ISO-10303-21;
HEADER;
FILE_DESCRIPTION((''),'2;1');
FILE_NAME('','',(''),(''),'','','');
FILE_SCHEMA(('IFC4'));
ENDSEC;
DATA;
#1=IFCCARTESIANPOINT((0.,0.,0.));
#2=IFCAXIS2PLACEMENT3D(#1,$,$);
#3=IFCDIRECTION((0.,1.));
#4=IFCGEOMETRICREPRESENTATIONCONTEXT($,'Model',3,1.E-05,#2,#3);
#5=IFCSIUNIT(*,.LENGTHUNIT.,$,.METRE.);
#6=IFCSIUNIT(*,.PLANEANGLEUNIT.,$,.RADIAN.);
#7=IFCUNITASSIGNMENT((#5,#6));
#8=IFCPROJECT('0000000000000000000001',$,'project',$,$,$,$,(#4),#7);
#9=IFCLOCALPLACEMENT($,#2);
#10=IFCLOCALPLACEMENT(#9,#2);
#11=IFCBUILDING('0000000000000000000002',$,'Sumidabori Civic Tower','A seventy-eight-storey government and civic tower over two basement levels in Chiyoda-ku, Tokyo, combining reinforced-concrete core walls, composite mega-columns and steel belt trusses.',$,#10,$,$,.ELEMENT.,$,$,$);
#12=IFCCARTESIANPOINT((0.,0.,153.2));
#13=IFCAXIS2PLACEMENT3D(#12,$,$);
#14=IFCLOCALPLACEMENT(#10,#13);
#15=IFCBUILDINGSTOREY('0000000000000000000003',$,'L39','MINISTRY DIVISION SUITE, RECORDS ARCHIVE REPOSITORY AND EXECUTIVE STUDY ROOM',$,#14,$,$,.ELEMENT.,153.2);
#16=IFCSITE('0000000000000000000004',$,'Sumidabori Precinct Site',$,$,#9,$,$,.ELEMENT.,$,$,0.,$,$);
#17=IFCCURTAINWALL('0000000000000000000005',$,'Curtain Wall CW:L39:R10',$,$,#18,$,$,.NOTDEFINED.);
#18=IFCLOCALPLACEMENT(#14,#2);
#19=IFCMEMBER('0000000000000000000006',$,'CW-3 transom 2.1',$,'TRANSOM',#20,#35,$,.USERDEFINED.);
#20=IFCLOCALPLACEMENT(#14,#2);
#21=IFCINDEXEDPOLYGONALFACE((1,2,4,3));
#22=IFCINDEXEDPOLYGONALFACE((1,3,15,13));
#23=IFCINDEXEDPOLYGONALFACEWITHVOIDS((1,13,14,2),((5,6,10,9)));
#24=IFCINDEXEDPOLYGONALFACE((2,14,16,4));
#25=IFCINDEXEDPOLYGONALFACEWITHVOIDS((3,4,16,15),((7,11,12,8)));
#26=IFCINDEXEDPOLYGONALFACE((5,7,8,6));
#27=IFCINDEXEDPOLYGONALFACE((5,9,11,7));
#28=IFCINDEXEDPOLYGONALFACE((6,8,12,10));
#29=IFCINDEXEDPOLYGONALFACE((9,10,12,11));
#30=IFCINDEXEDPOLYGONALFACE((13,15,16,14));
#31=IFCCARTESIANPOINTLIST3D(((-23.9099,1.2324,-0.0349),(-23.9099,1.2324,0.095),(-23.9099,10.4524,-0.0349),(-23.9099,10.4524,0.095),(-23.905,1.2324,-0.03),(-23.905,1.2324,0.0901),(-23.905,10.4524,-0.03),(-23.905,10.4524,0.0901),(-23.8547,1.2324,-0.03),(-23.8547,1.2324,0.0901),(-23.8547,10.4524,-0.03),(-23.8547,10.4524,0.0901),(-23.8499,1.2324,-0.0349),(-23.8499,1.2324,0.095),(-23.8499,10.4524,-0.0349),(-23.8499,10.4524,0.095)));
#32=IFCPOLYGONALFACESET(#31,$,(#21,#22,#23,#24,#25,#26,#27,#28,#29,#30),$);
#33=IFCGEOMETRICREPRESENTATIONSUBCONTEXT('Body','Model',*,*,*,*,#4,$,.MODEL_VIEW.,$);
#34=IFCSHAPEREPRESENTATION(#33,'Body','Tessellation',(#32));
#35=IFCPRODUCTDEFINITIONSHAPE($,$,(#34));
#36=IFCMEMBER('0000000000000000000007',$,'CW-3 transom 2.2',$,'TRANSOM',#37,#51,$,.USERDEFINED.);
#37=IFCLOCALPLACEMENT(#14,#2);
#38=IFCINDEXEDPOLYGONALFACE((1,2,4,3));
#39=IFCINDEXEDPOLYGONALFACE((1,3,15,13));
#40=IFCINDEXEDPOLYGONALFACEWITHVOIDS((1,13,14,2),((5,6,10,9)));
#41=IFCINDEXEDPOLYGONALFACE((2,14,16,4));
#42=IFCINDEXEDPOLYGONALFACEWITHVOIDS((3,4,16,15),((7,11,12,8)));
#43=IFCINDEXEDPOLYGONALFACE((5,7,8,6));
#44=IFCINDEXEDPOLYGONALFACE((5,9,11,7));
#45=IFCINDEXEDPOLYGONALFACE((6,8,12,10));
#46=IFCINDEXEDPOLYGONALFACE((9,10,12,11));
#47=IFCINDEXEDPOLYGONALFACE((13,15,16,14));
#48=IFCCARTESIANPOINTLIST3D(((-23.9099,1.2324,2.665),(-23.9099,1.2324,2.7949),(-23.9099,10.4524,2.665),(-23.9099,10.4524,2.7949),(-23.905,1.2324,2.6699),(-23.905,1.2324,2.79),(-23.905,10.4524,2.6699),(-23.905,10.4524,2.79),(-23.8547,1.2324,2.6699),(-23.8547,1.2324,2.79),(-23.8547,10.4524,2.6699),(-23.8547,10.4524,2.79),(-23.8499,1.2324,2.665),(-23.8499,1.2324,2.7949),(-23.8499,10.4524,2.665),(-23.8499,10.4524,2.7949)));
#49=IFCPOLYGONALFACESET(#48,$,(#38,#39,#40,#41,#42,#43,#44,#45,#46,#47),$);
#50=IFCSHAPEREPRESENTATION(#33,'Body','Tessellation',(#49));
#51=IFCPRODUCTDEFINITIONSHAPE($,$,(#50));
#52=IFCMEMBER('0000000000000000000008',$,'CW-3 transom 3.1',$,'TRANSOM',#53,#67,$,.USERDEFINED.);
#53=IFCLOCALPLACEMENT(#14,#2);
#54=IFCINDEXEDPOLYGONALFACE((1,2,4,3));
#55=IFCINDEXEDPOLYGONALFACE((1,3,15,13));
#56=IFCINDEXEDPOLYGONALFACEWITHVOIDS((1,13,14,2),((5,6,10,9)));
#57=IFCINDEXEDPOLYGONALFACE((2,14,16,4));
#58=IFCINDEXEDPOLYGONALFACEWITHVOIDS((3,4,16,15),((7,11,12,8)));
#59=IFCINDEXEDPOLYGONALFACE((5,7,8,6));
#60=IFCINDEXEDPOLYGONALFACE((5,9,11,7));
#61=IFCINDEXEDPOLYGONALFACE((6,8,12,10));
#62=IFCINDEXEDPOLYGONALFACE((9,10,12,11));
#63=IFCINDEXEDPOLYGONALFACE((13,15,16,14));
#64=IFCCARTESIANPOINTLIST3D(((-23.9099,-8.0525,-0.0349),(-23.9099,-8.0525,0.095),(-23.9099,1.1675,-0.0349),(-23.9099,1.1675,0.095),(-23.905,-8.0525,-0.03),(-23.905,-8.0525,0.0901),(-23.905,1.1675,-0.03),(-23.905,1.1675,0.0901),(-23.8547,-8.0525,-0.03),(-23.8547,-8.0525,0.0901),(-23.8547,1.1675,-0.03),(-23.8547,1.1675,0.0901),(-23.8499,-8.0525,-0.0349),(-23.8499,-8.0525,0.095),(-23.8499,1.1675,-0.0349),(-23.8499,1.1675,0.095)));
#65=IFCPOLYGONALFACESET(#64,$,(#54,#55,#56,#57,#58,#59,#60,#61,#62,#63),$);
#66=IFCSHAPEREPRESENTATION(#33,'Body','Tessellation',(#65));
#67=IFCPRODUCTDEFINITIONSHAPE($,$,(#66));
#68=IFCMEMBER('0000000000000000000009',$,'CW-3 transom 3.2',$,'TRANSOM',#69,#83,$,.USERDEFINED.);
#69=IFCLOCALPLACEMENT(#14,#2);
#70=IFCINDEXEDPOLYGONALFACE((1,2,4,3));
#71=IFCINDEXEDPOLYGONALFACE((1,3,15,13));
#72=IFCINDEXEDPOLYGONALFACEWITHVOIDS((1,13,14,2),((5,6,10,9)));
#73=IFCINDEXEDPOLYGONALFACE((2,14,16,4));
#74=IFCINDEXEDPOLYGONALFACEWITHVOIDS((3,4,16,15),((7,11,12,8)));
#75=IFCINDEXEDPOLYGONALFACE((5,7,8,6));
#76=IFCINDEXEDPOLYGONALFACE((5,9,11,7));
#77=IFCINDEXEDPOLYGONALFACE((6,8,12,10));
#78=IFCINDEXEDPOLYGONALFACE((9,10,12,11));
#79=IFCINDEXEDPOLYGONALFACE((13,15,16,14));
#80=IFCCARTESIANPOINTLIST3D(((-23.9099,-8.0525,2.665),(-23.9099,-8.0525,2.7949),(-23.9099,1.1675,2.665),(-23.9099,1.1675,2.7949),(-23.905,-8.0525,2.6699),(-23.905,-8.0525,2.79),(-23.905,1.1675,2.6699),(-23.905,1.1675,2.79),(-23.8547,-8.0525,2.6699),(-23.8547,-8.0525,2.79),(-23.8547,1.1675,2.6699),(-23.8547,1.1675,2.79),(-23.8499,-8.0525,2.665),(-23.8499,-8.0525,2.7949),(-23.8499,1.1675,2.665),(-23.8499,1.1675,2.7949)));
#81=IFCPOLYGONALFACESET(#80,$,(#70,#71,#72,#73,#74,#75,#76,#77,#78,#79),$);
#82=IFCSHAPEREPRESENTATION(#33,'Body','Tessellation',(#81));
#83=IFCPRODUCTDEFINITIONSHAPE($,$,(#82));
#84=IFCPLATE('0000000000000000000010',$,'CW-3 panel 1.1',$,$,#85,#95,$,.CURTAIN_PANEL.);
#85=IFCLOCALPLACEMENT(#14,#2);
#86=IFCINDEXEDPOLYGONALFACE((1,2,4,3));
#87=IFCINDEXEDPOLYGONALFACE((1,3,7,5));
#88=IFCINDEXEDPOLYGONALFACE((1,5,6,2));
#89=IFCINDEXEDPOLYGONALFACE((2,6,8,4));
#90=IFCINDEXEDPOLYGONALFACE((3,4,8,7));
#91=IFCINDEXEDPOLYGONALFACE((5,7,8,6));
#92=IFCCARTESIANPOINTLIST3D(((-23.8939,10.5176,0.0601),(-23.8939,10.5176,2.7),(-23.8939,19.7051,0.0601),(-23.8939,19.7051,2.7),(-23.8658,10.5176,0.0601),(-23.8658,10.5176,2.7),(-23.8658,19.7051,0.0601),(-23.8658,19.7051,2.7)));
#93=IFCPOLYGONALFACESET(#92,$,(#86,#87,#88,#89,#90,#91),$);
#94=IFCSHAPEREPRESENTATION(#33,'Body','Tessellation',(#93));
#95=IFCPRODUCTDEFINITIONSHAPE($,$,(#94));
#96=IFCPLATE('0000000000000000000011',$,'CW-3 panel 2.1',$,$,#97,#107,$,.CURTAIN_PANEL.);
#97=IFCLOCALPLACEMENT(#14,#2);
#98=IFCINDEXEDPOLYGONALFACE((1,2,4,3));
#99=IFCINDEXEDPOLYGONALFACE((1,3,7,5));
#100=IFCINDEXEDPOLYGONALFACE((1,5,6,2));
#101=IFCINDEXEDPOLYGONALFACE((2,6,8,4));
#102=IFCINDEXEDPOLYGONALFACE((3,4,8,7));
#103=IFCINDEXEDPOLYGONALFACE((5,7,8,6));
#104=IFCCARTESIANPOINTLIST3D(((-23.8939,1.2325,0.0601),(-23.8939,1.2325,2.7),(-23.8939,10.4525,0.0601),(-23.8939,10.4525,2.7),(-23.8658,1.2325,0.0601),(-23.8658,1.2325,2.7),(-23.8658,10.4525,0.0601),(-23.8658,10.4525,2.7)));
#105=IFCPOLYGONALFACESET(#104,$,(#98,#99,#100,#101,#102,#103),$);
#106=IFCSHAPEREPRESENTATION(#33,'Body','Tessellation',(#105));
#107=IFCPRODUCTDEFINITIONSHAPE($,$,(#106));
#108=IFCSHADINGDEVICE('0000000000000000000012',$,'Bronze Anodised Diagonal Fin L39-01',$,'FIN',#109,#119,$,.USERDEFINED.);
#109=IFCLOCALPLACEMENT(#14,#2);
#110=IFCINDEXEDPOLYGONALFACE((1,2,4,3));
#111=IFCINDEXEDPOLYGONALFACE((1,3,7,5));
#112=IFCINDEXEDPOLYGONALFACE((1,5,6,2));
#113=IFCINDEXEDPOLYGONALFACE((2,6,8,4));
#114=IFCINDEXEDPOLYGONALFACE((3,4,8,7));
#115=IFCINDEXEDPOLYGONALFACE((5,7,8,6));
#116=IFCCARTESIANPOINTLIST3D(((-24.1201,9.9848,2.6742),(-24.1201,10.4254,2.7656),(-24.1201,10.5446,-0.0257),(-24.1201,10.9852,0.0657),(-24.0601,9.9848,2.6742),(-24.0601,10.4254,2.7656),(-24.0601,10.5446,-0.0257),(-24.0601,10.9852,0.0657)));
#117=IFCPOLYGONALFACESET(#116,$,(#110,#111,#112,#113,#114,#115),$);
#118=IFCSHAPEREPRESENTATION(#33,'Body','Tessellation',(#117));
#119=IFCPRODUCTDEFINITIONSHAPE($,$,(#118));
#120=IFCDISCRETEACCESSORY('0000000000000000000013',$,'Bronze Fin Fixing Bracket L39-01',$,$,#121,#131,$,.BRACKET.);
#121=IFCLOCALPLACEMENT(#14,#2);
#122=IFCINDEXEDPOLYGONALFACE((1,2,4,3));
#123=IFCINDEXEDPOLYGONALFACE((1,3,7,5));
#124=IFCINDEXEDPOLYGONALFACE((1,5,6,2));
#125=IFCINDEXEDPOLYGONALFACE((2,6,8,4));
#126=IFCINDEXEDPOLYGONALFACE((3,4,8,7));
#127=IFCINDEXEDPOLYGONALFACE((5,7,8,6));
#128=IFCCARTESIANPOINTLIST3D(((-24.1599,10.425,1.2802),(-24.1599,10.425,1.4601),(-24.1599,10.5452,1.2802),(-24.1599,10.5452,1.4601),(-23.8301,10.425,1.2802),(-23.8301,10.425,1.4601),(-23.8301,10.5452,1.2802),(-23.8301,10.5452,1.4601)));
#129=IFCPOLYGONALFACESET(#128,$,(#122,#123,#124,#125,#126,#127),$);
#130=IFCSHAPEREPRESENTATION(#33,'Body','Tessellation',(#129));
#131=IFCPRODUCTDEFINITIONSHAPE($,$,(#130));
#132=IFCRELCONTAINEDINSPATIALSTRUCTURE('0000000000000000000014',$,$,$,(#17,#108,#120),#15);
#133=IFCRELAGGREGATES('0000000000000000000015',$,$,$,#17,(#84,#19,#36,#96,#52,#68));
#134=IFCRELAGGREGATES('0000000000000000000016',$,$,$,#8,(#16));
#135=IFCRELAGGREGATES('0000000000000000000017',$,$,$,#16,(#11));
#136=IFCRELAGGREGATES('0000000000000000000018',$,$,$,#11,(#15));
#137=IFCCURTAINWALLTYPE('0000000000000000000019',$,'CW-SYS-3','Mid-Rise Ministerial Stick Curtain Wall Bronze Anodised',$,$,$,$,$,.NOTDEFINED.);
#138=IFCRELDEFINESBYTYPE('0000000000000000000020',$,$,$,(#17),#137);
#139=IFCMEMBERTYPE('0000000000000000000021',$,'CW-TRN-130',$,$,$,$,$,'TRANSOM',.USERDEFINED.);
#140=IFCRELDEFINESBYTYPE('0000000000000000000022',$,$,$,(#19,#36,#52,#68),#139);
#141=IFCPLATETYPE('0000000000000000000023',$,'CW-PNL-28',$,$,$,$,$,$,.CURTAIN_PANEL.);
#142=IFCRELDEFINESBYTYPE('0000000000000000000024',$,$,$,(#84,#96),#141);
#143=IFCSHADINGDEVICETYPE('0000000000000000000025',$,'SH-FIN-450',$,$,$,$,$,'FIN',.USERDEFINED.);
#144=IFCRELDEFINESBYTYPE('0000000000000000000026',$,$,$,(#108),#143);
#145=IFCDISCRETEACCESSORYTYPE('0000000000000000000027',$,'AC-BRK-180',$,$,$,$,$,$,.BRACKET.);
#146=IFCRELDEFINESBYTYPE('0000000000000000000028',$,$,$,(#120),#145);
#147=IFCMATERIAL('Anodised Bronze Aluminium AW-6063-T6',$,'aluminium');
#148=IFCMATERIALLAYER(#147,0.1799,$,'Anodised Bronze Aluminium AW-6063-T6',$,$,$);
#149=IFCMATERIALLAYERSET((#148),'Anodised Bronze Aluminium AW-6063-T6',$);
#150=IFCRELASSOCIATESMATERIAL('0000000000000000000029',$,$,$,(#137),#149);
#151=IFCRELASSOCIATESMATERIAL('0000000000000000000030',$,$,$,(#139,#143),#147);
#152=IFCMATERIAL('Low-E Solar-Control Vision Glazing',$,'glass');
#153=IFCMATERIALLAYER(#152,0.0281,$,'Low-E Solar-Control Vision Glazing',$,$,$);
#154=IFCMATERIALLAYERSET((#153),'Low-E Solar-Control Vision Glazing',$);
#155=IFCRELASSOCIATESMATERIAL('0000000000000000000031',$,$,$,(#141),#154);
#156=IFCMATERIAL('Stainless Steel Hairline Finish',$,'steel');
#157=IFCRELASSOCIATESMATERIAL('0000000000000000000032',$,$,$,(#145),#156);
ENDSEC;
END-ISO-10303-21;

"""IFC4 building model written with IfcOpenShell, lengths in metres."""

from ifc_helpers import new_model, si_unit, direction, frame, origin, origin_2d, place, context, subcontext, project, spatial, rectangle, hollow_rectangle, extrude, source, transform, mapped, material, layer, layer_set, material_profile, profile_set, type_object, element, aggregate, save


model = new_model("IFC4")

# Units and contexts
model_context = context("Model", 3, precision=1e-05, world=origin(), true_north=direction((0.0, 1.0)))
body_context = subcontext(model_context, "Body", "Model", "MODEL_VIEW")
ifc_project = project(units=[si_unit("LENGTHUNIT", "METRE"), si_unit("PLANEANGLEUNIT", "RADIAN")], contexts=[model_context])

# Site, building, storey
site_placement = place(None, origin())
site = spatial("IfcSite", under=ifc_project, at=site_placement, Name="Sumidabori Precinct Site", CompositionType="ELEMENT", RefElevation=0.0)
building_placement = place(site_placement, origin())
building = spatial("IfcBuilding", under=site, at=building_placement, Name="Sumidabori Civic Tower", Description="A seventy-eight-storey government and civic tower over two basement levels in Chiyoda-ku, Tokyo, combining reinforced-concrete core walls, composite mega-columns and steel belt trusses.", CompositionType="ELEMENT")
storey_placement = place(building_placement, frame((0.0, 0.0, 153.2)))
storey = spatial("IfcBuildingStorey", under=building, at=storey_placement, Name="L39", Description="MINISTRY DIVISION SUITE, RECORDS ARCHIVE REPOSITORY AND EXECUTIVE STUDY ROOM", CompositionType="ELEMENT", Elevation=153.2)

# Curtain wall, members, plates
ifc_material_1 = material(Name="Anodised Bronze Aluminium AW-6063-T6", Category="aluminium")
ifc_layer_1 = layer(ifc_material_1, 0.1799, Name="Anodised Bronze Aluminium AW-6063-T6")
ifc_layer_set_1 = layer_set([ifc_layer_1], Name="Anodised Bronze Aluminium AW-6063-T6")
curtain_wall_type = type_object("IfcCurtainWallType", Name="CW-SYS-3", Description="Mid-Rise Ministerial Stick Curtain Wall Bronze Anodised", PredefinedType="NOTDEFINED", material=ifc_layer_set_1)
curtain_wall_placement = place(storey_placement, origin())
curtain_wall = element("IfcCurtainWall", 1, at=curtain_wall_placement, inside=storey, type_object=curtain_wall_type, Name="Curtain Wall CW:L39:R10", PredefinedType="NOTDEFINED")
ifc_material_profile_1 = material_profile(ifc_material_1, hollow_rectangle(XDim=0.0601, YDim=0.1299, WallThickness=0.0049, at=origin_2d()), Name="ALU TRANSOM 130x60")
ifc_profile_set_1 = profile_set([ifc_material_profile_1], Name="Anodised Bronze Aluminium AW-6063-T6")
member_type_1 = type_object("IfcMemberType", Name="CW-TRN-130", ElementType="TRANSOM", PredefinedType="USERDEFINED", material=ifc_profile_set_1)
shared_shape_1 = source(origin(), body_context, "Body", "SweptSolid", [
    extrude(hollow_rectangle(XDim=0.0601, YDim=0.1299, WallThickness=0.0049, at=origin_2d()), origin(), (0.0, 0.0, 1.0), 9.22),
])
member_1_placement = place(storey_placement, frame((-23.8799, 10.4524, 0.03), z_axis=(0.0, -1.0, 0.0), x_axis=(1.0, 0.0, 0.0)))
member_1 = element("IfcMember", 2, at=member_1_placement, type_object=member_type_1, Name="CW-3 transom 2.1", ObjectType="TRANSOM", PredefinedType="USERDEFINED", context=body_context, shape_type="MappedRepresentation", body=[
    mapped(shared_shape_1, transform((0.0, 0.0, 0.0), x_axis=(1.0, 0.0, 0.0), y_axis=(0.0, 1.0, 0.0), z_axis=(0.0, 0.0, 1.0), scale=1.0)),
])
member_2_placement = place(storey_placement, frame((-23.8799, 10.4524, 2.73), z_axis=(0.0, -1.0, 0.0), x_axis=(1.0, 0.0, 0.0)))
member_2 = element("IfcMember", 3, at=member_2_placement, type_object=member_type_1, Name="CW-3 transom 2.2", ObjectType="TRANSOM", PredefinedType="USERDEFINED", context=body_context, shape_type="MappedRepresentation", body=[
    mapped(shared_shape_1, transform((0.0, 0.0, 0.0), x_axis=(1.0, 0.0, 0.0), y_axis=(0.0, 1.0, 0.0), z_axis=(0.0, 0.0, 1.0), scale=1.0)),
])
member_3_placement = place(storey_placement, frame((-23.8799, 1.1675, 0.03), z_axis=(0.0, -1.0, 0.0), x_axis=(1.0, 0.0, 0.0)))
member_3 = element("IfcMember", 4, at=member_3_placement, type_object=member_type_1, Name="CW-3 transom 3.1", ObjectType="TRANSOM", PredefinedType="USERDEFINED", context=body_context, shape_type="MappedRepresentation", body=[
    mapped(shared_shape_1, transform((0.0, 0.0, 0.0), x_axis=(1.0, 0.0, 0.0), y_axis=(0.0, 1.0, 0.0), z_axis=(0.0, 0.0, 1.0), scale=1.0)),
])
member_4_placement = place(storey_placement, frame((-23.8799, 1.1675, 2.73), z_axis=(0.0, -1.0, 0.0), x_axis=(1.0, 0.0, 0.0)))
member_4 = element("IfcMember", 5, at=member_4_placement, type_object=member_type_1, Name="CW-3 transom 3.2", ObjectType="TRANSOM", PredefinedType="USERDEFINED", context=body_context, shape_type="MappedRepresentation", body=[
    mapped(shared_shape_1, transform((0.0, 0.0, 0.0), x_axis=(1.0, 0.0, 0.0), y_axis=(0.0, 1.0, 0.0), z_axis=(0.0, 0.0, 1.0), scale=1.0)),
])
ifc_material_2 = material(Name="Low-E Solar-Control Vision Glazing", Category="glass")
ifc_layer_2 = layer(ifc_material_2, 0.0281, Name="Low-E Solar-Control Vision Glazing")
ifc_layer_set_2 = layer_set([ifc_layer_2], Name="Low-E Solar-Control Vision Glazing")
plate_type = type_object("IfcPlateType", Name="CW-PNL-28", PredefinedType="CURTAIN_PANEL", material=ifc_layer_set_2)
shared_shape_2 = source(origin(), body_context, "Body", "SweptSolid", [
    extrude(rectangle(XDim=9.1875, YDim=0.0281, at=origin_2d()), origin(), (0.0, 0.0, 1.0), 2.6399),
])
plate_1_placement = place(storey_placement, frame((-23.8799, 15.1113, 0.0601), z_axis=(0.0, 0.0, 1.0), x_axis=(0.0, -1.0, 0.0)))
plate_1 = element("IfcPlate", 6, at=plate_1_placement, type_object=plate_type, Name="CW-3 panel 1.1", PredefinedType="CURTAIN_PANEL", context=body_context, shape_type="MappedRepresentation", body=[
    mapped(shared_shape_2, transform((0.0, 0.0, 0.0), x_axis=(1.0, 0.0, 0.0), y_axis=(0.0, 1.0, 0.0), z_axis=(0.0, 0.0, 1.0), scale=1.0)),
])
shared_shape_3 = source(origin(), body_context, "Body", "SweptSolid", [
    extrude(rectangle(XDim=9.22, YDim=0.0281, at=origin_2d()), origin(), (0.0, 0.0, 1.0), 2.6399),
])
plate_2_placement = place(storey_placement, frame((-23.8799, 5.8425, 0.0601), z_axis=(0.0, 0.0, 1.0), x_axis=(0.0, -1.0, 0.0)))
plate_2 = element("IfcPlate", 7, at=plate_2_placement, type_object=plate_type, Name="CW-3 panel 2.1", PredefinedType="CURTAIN_PANEL", context=body_context, shape_type="MappedRepresentation", body=[
    mapped(shared_shape_3, transform((0.0, 0.0, 0.0), x_axis=(1.0, 0.0, 0.0), y_axis=(0.0, 1.0, 0.0), z_axis=(0.0, 0.0, 1.0), scale=1.0)),
])
aggregate(curtain_wall, [plate_1, member_1, member_2, plate_2, member_3, member_4])

# Shading device
ifc_material_profile_2 = material_profile(ifc_material_1, rectangle(XDim=0.0601, YDim=0.45, at=origin_2d()), Name="BRONZE FIN 450x60")
ifc_profile_set_2 = profile_set([ifc_material_profile_2], Name="Anodised Bronze Aluminium AW-6063-T6")
shading_device_type = type_object("IfcShadingDeviceType", Name="SH-FIN-450", ElementType="FIN", PredefinedType="USERDEFINED", material=ifc_profile_set_2)
shared_shape_4 = source(origin(), body_context, "Body", "SweptSolid", [
    extrude(rectangle(XDim=0.0601, YDim=0.45, at=origin_2d()), origin(), (0.0, 0.0, 1.0), 2.7573),
])
shading_device_placement = place(storey_placement, frame((-24.0901, 10.7649, 0.02), z_axis=(0.0, -0.203024, 0.979174), x_axis=(-1.0, 0.0, 0.0)))
element("IfcShadingDevice", 8, at=shading_device_placement, inside=storey, type_object=shading_device_type, Name="Bronze Anodised Diagonal Fin L39-01", ObjectType="FIN", PredefinedType="USERDEFINED", context=body_context, shape_type="MappedRepresentation", body=[
    mapped(shared_shape_4, transform((0.0, 0.0, 0.0), x_axis=(1.0, 0.0, 0.0), y_axis=(0.0, 1.0, 0.0), z_axis=(0.0, 0.0, 1.0), scale=1.0)),
])

# Discrete accessory
ifc_material_3 = material(Name="Stainless Steel Hairline Finish", Category="steel")
ifc_material_profile_3 = material_profile(ifc_material_3, rectangle(XDim=0.1201, YDim=0.1799, at=origin_2d()), Name="STEEL BRACKET 180x120")
ifc_profile_set_3 = profile_set([ifc_material_profile_3], Name="Stainless Steel Hairline Finish")
discrete_accessory_type = type_object("IfcDiscreteAccessoryType", Name="AC-BRK-180", PredefinedType="BRACKET", material=ifc_profile_set_3)
shared_shape_5 = source(origin(), body_context, "Body", "SweptSolid", [
    extrude(rectangle(XDim=0.1201, YDim=0.1799, at=origin_2d()), origin(), (0.0, 0.0, 1.0), 0.3298),
])
discrete_accessory_placement = place(storey_placement, frame((-23.8301, 10.4851, 1.3701), z_axis=(-1.0, 0.0, 0.0), x_axis=(0.0, -1.0, 0.0)))
element("IfcDiscreteAccessory", 9, at=discrete_accessory_placement, inside=storey, type_object=discrete_accessory_type, Name="Bronze Fin Fixing Bracket L39-01", PredefinedType="BRACKET", context=body_context, shape_type="MappedRepresentation", body=[
    mapped(shared_shape_5, transform((0.0, 0.0, 0.0), x_axis=(1.0, 0.0, 0.0), y_axis=(0.0, 1.0, 0.0), z_axis=(0.0, 0.0, 1.0), scale=1.0)),
])

save(model, "model.ifc")
